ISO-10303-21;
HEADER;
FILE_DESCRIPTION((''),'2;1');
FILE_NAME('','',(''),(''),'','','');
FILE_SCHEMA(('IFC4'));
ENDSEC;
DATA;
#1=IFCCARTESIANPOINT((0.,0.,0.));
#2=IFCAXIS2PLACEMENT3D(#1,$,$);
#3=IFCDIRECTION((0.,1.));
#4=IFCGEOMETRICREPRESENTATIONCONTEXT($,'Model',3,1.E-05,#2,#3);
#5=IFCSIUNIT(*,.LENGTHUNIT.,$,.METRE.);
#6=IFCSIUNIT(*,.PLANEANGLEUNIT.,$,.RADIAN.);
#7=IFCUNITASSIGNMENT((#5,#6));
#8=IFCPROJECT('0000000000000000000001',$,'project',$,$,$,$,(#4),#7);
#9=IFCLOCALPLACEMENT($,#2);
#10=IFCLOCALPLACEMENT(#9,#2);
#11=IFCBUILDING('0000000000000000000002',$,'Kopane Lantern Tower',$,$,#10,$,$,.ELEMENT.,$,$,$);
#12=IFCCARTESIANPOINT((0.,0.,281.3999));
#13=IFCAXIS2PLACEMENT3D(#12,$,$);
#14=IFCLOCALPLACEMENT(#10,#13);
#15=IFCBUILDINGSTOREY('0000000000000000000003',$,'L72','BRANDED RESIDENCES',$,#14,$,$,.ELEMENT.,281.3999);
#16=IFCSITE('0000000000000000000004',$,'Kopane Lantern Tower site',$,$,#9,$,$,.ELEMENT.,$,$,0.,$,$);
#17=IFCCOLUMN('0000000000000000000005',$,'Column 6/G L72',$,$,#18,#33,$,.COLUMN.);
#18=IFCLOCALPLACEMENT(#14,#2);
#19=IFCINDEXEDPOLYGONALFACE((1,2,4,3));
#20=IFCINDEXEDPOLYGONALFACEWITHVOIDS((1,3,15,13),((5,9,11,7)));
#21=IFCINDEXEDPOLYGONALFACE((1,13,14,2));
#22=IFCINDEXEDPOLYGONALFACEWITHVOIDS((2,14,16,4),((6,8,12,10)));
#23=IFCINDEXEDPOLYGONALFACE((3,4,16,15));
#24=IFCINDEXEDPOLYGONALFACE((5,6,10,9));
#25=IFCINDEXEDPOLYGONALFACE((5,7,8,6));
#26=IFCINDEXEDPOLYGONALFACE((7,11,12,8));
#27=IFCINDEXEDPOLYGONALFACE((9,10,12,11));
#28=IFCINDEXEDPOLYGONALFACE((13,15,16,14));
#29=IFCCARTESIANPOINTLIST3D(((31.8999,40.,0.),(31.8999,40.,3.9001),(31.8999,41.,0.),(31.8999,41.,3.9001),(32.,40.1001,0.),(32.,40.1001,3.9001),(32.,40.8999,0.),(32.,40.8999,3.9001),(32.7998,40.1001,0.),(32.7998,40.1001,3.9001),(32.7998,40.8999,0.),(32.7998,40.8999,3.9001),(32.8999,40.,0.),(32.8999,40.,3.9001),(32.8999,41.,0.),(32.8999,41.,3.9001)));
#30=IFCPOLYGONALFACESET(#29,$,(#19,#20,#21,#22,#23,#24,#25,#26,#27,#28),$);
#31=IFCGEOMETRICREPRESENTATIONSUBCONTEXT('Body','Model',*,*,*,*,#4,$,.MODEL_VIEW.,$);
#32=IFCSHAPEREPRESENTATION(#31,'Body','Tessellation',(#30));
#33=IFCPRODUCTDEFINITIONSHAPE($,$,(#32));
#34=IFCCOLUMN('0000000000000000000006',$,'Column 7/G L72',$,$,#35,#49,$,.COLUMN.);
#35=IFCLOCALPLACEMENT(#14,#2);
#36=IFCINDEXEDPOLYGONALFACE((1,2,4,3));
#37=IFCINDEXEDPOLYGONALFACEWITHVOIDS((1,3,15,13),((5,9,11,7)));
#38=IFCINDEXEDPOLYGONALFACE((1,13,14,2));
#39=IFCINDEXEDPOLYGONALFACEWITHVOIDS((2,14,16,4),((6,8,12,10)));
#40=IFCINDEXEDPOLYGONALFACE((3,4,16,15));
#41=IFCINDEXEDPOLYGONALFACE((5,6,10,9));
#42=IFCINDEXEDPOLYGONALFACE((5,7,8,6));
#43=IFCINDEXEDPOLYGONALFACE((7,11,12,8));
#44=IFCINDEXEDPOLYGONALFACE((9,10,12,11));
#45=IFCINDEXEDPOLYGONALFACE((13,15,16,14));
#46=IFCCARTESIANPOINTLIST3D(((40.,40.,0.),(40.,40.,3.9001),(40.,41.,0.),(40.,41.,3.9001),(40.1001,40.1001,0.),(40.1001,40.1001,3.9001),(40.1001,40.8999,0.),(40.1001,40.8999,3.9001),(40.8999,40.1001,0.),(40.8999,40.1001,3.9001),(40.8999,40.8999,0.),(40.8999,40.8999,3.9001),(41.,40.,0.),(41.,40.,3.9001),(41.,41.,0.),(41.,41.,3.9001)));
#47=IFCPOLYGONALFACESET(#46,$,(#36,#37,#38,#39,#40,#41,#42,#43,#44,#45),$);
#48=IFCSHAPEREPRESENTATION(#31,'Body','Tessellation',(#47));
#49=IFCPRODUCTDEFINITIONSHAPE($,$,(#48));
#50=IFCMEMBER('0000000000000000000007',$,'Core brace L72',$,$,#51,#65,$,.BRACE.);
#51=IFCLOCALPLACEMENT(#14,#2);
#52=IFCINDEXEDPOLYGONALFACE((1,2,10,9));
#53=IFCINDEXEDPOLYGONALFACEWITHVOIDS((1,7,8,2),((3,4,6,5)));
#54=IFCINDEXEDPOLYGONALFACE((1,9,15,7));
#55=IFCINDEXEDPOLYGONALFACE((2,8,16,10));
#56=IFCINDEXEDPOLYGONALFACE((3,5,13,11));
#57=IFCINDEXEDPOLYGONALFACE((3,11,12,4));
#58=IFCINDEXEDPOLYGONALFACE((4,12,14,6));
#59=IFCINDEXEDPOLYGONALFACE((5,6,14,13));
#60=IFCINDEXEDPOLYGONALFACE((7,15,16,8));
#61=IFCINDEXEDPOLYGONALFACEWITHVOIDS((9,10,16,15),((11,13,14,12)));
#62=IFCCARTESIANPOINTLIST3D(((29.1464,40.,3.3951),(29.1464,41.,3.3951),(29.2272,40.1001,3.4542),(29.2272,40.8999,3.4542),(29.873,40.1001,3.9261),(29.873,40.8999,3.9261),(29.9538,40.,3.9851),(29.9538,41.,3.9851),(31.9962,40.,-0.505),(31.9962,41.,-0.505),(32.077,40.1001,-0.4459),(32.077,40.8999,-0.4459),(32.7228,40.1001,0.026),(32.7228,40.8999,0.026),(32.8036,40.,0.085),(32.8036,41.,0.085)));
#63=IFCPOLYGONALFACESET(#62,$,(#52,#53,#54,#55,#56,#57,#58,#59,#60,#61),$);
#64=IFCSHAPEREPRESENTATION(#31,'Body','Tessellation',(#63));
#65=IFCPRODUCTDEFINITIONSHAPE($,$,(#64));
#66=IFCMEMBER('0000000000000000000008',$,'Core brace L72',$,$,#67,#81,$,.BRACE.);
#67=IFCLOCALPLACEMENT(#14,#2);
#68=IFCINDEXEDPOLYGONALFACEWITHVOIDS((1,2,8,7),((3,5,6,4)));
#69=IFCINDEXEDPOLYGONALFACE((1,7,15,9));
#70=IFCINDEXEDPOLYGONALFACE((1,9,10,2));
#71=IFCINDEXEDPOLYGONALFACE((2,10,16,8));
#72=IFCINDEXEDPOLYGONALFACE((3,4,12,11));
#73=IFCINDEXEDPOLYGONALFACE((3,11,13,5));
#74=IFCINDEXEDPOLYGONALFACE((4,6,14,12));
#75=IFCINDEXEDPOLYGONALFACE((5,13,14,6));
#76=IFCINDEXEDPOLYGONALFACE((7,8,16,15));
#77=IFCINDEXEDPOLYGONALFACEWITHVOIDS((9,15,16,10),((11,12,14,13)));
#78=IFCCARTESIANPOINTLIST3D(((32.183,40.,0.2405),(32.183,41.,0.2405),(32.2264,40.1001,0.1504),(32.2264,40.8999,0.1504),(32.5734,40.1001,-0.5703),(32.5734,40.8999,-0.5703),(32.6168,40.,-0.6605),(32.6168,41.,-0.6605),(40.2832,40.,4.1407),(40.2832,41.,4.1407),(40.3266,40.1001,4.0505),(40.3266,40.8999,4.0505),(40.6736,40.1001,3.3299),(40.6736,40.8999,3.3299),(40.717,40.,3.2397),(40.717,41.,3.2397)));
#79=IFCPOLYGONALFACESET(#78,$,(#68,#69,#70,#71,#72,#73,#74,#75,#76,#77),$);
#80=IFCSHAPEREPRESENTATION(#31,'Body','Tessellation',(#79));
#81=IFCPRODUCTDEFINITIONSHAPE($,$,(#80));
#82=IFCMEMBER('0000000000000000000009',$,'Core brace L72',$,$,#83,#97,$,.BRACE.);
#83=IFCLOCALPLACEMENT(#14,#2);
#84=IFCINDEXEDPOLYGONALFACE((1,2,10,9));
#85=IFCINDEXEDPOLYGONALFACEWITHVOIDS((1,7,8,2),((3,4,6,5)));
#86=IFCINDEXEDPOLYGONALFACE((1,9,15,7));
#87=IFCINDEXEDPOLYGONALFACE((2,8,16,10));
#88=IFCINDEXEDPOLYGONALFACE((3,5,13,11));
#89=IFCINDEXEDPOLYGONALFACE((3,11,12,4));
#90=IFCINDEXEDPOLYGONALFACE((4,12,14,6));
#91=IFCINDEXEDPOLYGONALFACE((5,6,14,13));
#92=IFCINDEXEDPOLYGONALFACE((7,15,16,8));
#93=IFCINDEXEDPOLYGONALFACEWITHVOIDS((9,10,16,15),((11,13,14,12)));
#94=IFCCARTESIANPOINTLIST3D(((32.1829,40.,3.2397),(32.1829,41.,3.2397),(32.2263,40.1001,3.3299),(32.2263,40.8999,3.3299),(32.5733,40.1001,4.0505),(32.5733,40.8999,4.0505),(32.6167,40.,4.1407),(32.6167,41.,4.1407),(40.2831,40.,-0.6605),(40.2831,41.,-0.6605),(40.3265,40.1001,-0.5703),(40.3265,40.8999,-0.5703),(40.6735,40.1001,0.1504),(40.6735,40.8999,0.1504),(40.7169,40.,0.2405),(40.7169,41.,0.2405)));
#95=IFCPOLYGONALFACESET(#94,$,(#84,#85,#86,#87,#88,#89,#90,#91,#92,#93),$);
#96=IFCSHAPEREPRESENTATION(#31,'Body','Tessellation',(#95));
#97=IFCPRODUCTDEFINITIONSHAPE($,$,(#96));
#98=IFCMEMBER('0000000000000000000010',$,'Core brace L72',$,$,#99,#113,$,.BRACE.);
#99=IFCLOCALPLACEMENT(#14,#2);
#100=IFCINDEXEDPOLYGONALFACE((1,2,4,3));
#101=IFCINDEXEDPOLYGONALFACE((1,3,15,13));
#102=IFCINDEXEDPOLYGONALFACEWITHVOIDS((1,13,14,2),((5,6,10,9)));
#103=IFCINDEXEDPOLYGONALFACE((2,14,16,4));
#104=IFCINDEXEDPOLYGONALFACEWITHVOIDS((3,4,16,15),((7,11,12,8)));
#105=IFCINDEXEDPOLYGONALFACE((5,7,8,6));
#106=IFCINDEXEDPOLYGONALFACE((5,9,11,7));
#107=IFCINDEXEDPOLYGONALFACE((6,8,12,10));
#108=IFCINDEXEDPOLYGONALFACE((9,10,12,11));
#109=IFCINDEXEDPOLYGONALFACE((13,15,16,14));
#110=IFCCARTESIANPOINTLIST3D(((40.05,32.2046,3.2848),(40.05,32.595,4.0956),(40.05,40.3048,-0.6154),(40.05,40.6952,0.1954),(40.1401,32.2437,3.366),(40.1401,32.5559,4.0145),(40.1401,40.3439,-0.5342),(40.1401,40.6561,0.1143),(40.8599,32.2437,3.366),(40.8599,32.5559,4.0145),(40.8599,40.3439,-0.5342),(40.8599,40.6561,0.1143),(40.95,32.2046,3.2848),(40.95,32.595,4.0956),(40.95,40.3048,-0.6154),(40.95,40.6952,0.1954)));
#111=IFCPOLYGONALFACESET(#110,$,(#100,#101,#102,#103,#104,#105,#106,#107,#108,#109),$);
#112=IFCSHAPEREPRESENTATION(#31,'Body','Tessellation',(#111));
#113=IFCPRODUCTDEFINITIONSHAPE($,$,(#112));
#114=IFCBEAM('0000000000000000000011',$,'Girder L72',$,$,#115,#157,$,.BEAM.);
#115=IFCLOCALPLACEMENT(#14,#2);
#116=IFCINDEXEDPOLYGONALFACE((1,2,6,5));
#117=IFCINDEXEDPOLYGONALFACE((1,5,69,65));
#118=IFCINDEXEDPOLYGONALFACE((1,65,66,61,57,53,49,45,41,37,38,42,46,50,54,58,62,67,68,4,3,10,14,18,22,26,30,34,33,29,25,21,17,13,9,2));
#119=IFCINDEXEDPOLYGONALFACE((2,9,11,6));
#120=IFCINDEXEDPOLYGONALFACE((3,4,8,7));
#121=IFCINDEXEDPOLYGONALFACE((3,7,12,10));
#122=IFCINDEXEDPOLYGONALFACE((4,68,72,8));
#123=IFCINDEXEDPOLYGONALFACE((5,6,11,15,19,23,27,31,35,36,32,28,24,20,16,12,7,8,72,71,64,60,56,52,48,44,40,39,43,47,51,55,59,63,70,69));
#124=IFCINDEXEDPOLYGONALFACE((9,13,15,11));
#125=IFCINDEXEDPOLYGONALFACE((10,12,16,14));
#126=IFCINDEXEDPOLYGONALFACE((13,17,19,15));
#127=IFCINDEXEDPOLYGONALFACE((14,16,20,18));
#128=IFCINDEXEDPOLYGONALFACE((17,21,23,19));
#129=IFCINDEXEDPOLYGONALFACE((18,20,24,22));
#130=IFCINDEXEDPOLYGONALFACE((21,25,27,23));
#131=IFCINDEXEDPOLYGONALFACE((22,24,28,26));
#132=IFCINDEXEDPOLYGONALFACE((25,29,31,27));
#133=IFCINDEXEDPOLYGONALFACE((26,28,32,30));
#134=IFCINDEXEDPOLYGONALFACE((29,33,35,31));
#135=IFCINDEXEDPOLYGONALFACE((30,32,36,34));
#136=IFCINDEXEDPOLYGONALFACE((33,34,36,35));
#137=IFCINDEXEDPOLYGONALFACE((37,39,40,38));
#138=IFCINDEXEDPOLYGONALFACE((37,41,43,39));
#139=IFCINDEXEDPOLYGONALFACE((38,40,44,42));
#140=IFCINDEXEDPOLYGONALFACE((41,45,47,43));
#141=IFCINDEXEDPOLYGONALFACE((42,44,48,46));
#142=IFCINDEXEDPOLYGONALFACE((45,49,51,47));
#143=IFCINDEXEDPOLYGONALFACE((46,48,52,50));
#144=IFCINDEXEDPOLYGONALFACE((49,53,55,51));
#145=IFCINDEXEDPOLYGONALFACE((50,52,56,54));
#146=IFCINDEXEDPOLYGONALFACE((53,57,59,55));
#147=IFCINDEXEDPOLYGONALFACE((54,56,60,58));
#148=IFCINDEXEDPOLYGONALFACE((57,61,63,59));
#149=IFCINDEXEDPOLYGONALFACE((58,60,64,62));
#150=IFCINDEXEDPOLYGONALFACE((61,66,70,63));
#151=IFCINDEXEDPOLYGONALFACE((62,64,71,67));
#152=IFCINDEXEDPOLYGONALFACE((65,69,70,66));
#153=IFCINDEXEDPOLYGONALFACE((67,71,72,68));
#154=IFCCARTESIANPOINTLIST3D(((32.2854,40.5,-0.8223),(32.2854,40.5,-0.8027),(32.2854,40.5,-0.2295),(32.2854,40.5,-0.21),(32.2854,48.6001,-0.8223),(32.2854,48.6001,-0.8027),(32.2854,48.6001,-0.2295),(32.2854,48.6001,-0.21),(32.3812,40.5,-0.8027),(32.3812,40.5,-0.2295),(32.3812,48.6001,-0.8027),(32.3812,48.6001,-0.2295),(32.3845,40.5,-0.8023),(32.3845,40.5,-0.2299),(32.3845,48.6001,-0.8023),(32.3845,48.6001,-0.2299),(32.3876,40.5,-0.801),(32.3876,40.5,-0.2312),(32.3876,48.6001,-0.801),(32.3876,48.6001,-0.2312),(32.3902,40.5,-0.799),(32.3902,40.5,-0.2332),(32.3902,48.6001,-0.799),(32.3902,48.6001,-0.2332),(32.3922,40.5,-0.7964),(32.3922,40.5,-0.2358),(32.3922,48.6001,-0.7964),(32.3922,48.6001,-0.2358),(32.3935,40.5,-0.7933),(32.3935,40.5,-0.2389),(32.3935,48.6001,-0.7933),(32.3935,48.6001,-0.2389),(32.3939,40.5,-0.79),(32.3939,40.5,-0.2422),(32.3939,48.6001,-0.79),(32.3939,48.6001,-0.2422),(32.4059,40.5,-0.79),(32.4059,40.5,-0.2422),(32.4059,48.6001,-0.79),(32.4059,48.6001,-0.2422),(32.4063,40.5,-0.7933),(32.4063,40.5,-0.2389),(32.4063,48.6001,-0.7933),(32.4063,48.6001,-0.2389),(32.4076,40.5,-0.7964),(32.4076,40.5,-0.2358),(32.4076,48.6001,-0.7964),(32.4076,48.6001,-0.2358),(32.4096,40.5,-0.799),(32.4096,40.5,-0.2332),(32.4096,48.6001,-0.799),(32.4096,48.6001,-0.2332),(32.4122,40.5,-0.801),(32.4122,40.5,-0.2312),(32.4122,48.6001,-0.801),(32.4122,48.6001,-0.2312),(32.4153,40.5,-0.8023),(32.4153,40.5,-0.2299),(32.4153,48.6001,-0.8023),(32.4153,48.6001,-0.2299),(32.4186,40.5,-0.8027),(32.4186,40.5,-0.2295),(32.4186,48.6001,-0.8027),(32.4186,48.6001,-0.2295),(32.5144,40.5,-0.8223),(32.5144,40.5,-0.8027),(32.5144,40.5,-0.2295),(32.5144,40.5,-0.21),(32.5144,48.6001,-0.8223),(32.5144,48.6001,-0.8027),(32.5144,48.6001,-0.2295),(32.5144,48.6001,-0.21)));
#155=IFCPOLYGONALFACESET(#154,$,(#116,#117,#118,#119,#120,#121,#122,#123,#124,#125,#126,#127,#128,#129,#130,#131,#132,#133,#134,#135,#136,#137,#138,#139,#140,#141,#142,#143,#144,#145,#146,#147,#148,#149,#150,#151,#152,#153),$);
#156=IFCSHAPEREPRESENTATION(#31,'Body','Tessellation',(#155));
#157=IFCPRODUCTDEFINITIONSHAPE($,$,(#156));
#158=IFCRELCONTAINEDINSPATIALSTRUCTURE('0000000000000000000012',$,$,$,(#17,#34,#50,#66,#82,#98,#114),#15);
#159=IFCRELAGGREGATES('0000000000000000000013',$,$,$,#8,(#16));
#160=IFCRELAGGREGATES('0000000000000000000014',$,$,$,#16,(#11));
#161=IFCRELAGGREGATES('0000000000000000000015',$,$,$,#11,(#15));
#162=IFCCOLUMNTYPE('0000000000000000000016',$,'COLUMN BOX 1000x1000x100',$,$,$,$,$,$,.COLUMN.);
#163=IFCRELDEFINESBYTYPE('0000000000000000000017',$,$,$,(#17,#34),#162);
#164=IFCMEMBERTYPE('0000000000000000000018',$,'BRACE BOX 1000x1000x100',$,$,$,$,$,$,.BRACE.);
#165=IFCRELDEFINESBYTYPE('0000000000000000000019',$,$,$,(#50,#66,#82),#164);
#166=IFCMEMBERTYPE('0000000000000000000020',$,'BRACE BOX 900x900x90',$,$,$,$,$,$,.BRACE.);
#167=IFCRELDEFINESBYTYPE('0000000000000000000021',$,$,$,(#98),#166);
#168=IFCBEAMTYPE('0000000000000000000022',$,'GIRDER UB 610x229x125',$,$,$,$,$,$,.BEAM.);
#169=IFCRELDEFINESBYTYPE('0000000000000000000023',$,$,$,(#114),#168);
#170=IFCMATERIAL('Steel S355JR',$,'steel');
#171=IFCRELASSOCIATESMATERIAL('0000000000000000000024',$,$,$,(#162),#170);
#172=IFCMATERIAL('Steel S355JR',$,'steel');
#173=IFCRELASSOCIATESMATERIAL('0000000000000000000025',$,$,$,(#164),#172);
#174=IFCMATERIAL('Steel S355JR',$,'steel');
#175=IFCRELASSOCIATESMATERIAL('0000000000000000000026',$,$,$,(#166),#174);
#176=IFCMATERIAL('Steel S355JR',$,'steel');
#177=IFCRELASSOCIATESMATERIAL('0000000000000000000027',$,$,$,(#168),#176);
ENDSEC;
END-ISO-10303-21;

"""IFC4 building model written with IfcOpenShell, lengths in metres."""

from ifc_helpers import new_model, si_unit, direction, frame, origin, origin_2d, place, context, subcontext, project, spatial, hollow_rectangle, i_section, extrude, material, material_profile, profile_set, type_object, element, save


model = new_model("IFC4")

# Units and contexts
model_context = context("Model", 3, precision=1e-05, world=origin(), true_north=direction((0.0, 1.0)))
body_context = subcontext(model_context, "Body", "Model", "MODEL_VIEW")
ifc_project = project(units=[si_unit("LENGTHUNIT", "METRE"), si_unit("PLANEANGLEUNIT", "RADIAN")], contexts=[model_context])

# Site, building, storey
site_placement = place(None, origin())
site = spatial("IfcSite", under=ifc_project, at=site_placement, Name="Kopane Lantern Tower site", CompositionType="ELEMENT", RefElevation=0.0)
building_placement = place(site_placement, origin())
building = spatial("IfcBuilding", under=site, at=building_placement, Name="Kopane Lantern Tower", CompositionType="ELEMENT")
storey_placement = place(building_placement, frame((0.0, 0.0, 281.3999)))
storey = spatial("IfcBuildingStorey", under=building, at=storey_placement, Name="L72", Description="BRANDED RESIDENCES", CompositionType="ELEMENT", Elevation=281.3999)

# Columns
ifc_material_1 = material(Name="Steel S355JR", Category="steel")
ifc_material_profile_1 = material_profile(ifc_material_1, hollow_rectangle(XDim=1.0, YDim=1.0, WallThickness=0.1001, at=origin_2d()), Name="BOX 1000x1000x100")
ifc_profile_set_1 = profile_set([ifc_material_profile_1], Name="Steel S355JR")
column_type = type_object("IfcColumnType", Name="COLUMN BOX 1000x1000x100", PredefinedType="COLUMN", material=ifc_profile_set_1)
for number, where, z_axis, x_axis, name in (
    (1, (32.3999, 40.5, 0.0), (0.0, 0.0, 1.0), (1.0, 0.0, 0.0), "Column 6/G L72"),
    (2, (40.5, 40.5, 0.0), (0.0, 0.0, 1.0), (1.0, 0.0, 0.0), "Column 7/G L72"),
):
    element("IfcColumn", number, at=place(storey_placement, frame(where, z_axis=z_axis, x_axis=x_axis)), inside=storey, type_object=column_type, Name=name, PredefinedType="COLUMN", context=body_context, shape_type="SweptSolid", body=[
        extrude(hollow_rectangle(XDim=1.0, YDim=1.0, WallThickness=0.1001, at=origin_2d()), origin(), (0.0, 0.0, 1.0), 3.9001),
    ])

# Members
ifc_material_2 = material(Name="Steel S355JR", Category="steel")
ifc_material_profile_2 = material_profile(ifc_material_2, hollow_rectangle(XDim=1.0, YDim=1.0, WallThickness=0.1001, at=origin_2d()), Name="BOX 1000x1000x100")
ifc_profile_set_2 = profile_set([ifc_material_profile_2], Name="Steel S355JR")
member_type_1 = type_object("IfcMemberType", Name="BRACE BOX 1000x1000x100", PredefinedType="BRACE", material=ifc_profile_set_2)
member_1_placement = place(storey_placement, frame((32.3999, 40.5, -0.21), z_axis=(-0.589982, 0.0, 0.807416), x_axis=(0.0, -1.0, 0.0)))
element("IfcMember", 3, at=member_1_placement, inside=storey, type_object=member_type_1, Name="Core brace L72", PredefinedType="BRACE", context=body_context, shape_type="SweptSolid", body=[
    extrude(hollow_rectangle(XDim=1.0, YDim=1.0, WallThickness=0.1001, at=origin_2d()), origin(), (0.0, 0.0, 1.0), 4.8303),
])
for number, where, z_axis, x_axis, name in (
    (4, (32.3999, 40.5, -0.21), (0.900997, 0.0, 0.433825), (0.0, 1.0, 0.0), "Core brace L72"),
    (5, (40.5, 40.5, -0.21), (-0.900997, 0.0, 0.433825), (0.0, -1.0, 0.0), "Core brace L72"),
):
    element("IfcMember", number, at=place(storey_placement, frame(where, z_axis=z_axis, x_axis=x_axis)), inside=storey, type_object=member_type_1, Name=name, PredefinedType="BRACE", context=body_context, shape_type="SweptSolid", body=[
        extrude(hollow_rectangle(XDim=1.0, YDim=1.0, WallThickness=0.1001, at=origin_2d()), origin(), (0.0, 0.0, 1.0), 8.9902),
    ])
ifc_material_3 = material(Name="Steel S355JR", Category="steel")
ifc_material_profile_3 = material_profile(ifc_material_3, hollow_rectangle(XDim=0.8999, YDim=0.8999, WallThickness=0.0901, at=origin_2d()), Name="BOX 900x900x90")
ifc_profile_set_3 = profile_set([ifc_material_profile_3], Name="Steel S355JR")
member_type_2 = type_object("IfcMemberType", Name="BRACE BOX 900x900x90", PredefinedType="BRACE", material=ifc_profile_set_3)
member_2_placement = place(storey_placement, frame((40.5, 40.5, -0.21), z_axis=(0.0, -0.900997, 0.433825), x_axis=(1.0, 0.0, 0.0)))
element("IfcMember", 6, at=member_2_placement, inside=storey, type_object=member_type_2, Name="Core brace L72", PredefinedType="BRACE", context=body_context, shape_type="SweptSolid", body=[
    extrude(hollow_rectangle(XDim=0.8999, YDim=0.8999, WallThickness=0.0901, at=origin_2d()), origin(), (0.0, 0.0, 1.0), 8.9902),
])

# Beam
ifc_material_4 = material(Name="Steel S355JR", Category="steel")
ifc_material_profile_4 = material_profile(ifc_material_4, i_section(OverallWidth=0.229, OverallDepth=0.6123, WebThickness=0.012, FlangeThickness=0.0195, FilletRadius=0.0127, at=origin_2d()), Name="UB 610x229x125")
ifc_profile_set_4 = profile_set([ifc_material_profile_4], Name="Steel S355JR")
beam_type = type_object("IfcBeamType", Name="GIRDER UB 610x229x125", PredefinedType="BEAM", material=ifc_profile_set_4)
for number, where, z_axis, x_axis, name in (
    (7, (32.3999, 40.5, -0.5161), (0.0, 1.0, 0.0), (-1.0, 0.0, 0.0), "Girder L72"),
):
    element("IfcBeam", number, at=place(storey_placement, frame(where, z_axis=z_axis, x_axis=x_axis)), inside=storey, type_object=beam_type, Name=name, PredefinedType="BEAM", context=body_context, shape_type="SweptSolid", body=[
        extrude(i_section(OverallWidth=0.229, OverallDepth=0.6123, WebThickness=0.012, FlangeThickness=0.0195, FilletRadius=0.0127, at=origin_2d()), origin(), (0.0, 0.0, 1.0), 8.1001),
    ])

save(model, "model.ifc")
